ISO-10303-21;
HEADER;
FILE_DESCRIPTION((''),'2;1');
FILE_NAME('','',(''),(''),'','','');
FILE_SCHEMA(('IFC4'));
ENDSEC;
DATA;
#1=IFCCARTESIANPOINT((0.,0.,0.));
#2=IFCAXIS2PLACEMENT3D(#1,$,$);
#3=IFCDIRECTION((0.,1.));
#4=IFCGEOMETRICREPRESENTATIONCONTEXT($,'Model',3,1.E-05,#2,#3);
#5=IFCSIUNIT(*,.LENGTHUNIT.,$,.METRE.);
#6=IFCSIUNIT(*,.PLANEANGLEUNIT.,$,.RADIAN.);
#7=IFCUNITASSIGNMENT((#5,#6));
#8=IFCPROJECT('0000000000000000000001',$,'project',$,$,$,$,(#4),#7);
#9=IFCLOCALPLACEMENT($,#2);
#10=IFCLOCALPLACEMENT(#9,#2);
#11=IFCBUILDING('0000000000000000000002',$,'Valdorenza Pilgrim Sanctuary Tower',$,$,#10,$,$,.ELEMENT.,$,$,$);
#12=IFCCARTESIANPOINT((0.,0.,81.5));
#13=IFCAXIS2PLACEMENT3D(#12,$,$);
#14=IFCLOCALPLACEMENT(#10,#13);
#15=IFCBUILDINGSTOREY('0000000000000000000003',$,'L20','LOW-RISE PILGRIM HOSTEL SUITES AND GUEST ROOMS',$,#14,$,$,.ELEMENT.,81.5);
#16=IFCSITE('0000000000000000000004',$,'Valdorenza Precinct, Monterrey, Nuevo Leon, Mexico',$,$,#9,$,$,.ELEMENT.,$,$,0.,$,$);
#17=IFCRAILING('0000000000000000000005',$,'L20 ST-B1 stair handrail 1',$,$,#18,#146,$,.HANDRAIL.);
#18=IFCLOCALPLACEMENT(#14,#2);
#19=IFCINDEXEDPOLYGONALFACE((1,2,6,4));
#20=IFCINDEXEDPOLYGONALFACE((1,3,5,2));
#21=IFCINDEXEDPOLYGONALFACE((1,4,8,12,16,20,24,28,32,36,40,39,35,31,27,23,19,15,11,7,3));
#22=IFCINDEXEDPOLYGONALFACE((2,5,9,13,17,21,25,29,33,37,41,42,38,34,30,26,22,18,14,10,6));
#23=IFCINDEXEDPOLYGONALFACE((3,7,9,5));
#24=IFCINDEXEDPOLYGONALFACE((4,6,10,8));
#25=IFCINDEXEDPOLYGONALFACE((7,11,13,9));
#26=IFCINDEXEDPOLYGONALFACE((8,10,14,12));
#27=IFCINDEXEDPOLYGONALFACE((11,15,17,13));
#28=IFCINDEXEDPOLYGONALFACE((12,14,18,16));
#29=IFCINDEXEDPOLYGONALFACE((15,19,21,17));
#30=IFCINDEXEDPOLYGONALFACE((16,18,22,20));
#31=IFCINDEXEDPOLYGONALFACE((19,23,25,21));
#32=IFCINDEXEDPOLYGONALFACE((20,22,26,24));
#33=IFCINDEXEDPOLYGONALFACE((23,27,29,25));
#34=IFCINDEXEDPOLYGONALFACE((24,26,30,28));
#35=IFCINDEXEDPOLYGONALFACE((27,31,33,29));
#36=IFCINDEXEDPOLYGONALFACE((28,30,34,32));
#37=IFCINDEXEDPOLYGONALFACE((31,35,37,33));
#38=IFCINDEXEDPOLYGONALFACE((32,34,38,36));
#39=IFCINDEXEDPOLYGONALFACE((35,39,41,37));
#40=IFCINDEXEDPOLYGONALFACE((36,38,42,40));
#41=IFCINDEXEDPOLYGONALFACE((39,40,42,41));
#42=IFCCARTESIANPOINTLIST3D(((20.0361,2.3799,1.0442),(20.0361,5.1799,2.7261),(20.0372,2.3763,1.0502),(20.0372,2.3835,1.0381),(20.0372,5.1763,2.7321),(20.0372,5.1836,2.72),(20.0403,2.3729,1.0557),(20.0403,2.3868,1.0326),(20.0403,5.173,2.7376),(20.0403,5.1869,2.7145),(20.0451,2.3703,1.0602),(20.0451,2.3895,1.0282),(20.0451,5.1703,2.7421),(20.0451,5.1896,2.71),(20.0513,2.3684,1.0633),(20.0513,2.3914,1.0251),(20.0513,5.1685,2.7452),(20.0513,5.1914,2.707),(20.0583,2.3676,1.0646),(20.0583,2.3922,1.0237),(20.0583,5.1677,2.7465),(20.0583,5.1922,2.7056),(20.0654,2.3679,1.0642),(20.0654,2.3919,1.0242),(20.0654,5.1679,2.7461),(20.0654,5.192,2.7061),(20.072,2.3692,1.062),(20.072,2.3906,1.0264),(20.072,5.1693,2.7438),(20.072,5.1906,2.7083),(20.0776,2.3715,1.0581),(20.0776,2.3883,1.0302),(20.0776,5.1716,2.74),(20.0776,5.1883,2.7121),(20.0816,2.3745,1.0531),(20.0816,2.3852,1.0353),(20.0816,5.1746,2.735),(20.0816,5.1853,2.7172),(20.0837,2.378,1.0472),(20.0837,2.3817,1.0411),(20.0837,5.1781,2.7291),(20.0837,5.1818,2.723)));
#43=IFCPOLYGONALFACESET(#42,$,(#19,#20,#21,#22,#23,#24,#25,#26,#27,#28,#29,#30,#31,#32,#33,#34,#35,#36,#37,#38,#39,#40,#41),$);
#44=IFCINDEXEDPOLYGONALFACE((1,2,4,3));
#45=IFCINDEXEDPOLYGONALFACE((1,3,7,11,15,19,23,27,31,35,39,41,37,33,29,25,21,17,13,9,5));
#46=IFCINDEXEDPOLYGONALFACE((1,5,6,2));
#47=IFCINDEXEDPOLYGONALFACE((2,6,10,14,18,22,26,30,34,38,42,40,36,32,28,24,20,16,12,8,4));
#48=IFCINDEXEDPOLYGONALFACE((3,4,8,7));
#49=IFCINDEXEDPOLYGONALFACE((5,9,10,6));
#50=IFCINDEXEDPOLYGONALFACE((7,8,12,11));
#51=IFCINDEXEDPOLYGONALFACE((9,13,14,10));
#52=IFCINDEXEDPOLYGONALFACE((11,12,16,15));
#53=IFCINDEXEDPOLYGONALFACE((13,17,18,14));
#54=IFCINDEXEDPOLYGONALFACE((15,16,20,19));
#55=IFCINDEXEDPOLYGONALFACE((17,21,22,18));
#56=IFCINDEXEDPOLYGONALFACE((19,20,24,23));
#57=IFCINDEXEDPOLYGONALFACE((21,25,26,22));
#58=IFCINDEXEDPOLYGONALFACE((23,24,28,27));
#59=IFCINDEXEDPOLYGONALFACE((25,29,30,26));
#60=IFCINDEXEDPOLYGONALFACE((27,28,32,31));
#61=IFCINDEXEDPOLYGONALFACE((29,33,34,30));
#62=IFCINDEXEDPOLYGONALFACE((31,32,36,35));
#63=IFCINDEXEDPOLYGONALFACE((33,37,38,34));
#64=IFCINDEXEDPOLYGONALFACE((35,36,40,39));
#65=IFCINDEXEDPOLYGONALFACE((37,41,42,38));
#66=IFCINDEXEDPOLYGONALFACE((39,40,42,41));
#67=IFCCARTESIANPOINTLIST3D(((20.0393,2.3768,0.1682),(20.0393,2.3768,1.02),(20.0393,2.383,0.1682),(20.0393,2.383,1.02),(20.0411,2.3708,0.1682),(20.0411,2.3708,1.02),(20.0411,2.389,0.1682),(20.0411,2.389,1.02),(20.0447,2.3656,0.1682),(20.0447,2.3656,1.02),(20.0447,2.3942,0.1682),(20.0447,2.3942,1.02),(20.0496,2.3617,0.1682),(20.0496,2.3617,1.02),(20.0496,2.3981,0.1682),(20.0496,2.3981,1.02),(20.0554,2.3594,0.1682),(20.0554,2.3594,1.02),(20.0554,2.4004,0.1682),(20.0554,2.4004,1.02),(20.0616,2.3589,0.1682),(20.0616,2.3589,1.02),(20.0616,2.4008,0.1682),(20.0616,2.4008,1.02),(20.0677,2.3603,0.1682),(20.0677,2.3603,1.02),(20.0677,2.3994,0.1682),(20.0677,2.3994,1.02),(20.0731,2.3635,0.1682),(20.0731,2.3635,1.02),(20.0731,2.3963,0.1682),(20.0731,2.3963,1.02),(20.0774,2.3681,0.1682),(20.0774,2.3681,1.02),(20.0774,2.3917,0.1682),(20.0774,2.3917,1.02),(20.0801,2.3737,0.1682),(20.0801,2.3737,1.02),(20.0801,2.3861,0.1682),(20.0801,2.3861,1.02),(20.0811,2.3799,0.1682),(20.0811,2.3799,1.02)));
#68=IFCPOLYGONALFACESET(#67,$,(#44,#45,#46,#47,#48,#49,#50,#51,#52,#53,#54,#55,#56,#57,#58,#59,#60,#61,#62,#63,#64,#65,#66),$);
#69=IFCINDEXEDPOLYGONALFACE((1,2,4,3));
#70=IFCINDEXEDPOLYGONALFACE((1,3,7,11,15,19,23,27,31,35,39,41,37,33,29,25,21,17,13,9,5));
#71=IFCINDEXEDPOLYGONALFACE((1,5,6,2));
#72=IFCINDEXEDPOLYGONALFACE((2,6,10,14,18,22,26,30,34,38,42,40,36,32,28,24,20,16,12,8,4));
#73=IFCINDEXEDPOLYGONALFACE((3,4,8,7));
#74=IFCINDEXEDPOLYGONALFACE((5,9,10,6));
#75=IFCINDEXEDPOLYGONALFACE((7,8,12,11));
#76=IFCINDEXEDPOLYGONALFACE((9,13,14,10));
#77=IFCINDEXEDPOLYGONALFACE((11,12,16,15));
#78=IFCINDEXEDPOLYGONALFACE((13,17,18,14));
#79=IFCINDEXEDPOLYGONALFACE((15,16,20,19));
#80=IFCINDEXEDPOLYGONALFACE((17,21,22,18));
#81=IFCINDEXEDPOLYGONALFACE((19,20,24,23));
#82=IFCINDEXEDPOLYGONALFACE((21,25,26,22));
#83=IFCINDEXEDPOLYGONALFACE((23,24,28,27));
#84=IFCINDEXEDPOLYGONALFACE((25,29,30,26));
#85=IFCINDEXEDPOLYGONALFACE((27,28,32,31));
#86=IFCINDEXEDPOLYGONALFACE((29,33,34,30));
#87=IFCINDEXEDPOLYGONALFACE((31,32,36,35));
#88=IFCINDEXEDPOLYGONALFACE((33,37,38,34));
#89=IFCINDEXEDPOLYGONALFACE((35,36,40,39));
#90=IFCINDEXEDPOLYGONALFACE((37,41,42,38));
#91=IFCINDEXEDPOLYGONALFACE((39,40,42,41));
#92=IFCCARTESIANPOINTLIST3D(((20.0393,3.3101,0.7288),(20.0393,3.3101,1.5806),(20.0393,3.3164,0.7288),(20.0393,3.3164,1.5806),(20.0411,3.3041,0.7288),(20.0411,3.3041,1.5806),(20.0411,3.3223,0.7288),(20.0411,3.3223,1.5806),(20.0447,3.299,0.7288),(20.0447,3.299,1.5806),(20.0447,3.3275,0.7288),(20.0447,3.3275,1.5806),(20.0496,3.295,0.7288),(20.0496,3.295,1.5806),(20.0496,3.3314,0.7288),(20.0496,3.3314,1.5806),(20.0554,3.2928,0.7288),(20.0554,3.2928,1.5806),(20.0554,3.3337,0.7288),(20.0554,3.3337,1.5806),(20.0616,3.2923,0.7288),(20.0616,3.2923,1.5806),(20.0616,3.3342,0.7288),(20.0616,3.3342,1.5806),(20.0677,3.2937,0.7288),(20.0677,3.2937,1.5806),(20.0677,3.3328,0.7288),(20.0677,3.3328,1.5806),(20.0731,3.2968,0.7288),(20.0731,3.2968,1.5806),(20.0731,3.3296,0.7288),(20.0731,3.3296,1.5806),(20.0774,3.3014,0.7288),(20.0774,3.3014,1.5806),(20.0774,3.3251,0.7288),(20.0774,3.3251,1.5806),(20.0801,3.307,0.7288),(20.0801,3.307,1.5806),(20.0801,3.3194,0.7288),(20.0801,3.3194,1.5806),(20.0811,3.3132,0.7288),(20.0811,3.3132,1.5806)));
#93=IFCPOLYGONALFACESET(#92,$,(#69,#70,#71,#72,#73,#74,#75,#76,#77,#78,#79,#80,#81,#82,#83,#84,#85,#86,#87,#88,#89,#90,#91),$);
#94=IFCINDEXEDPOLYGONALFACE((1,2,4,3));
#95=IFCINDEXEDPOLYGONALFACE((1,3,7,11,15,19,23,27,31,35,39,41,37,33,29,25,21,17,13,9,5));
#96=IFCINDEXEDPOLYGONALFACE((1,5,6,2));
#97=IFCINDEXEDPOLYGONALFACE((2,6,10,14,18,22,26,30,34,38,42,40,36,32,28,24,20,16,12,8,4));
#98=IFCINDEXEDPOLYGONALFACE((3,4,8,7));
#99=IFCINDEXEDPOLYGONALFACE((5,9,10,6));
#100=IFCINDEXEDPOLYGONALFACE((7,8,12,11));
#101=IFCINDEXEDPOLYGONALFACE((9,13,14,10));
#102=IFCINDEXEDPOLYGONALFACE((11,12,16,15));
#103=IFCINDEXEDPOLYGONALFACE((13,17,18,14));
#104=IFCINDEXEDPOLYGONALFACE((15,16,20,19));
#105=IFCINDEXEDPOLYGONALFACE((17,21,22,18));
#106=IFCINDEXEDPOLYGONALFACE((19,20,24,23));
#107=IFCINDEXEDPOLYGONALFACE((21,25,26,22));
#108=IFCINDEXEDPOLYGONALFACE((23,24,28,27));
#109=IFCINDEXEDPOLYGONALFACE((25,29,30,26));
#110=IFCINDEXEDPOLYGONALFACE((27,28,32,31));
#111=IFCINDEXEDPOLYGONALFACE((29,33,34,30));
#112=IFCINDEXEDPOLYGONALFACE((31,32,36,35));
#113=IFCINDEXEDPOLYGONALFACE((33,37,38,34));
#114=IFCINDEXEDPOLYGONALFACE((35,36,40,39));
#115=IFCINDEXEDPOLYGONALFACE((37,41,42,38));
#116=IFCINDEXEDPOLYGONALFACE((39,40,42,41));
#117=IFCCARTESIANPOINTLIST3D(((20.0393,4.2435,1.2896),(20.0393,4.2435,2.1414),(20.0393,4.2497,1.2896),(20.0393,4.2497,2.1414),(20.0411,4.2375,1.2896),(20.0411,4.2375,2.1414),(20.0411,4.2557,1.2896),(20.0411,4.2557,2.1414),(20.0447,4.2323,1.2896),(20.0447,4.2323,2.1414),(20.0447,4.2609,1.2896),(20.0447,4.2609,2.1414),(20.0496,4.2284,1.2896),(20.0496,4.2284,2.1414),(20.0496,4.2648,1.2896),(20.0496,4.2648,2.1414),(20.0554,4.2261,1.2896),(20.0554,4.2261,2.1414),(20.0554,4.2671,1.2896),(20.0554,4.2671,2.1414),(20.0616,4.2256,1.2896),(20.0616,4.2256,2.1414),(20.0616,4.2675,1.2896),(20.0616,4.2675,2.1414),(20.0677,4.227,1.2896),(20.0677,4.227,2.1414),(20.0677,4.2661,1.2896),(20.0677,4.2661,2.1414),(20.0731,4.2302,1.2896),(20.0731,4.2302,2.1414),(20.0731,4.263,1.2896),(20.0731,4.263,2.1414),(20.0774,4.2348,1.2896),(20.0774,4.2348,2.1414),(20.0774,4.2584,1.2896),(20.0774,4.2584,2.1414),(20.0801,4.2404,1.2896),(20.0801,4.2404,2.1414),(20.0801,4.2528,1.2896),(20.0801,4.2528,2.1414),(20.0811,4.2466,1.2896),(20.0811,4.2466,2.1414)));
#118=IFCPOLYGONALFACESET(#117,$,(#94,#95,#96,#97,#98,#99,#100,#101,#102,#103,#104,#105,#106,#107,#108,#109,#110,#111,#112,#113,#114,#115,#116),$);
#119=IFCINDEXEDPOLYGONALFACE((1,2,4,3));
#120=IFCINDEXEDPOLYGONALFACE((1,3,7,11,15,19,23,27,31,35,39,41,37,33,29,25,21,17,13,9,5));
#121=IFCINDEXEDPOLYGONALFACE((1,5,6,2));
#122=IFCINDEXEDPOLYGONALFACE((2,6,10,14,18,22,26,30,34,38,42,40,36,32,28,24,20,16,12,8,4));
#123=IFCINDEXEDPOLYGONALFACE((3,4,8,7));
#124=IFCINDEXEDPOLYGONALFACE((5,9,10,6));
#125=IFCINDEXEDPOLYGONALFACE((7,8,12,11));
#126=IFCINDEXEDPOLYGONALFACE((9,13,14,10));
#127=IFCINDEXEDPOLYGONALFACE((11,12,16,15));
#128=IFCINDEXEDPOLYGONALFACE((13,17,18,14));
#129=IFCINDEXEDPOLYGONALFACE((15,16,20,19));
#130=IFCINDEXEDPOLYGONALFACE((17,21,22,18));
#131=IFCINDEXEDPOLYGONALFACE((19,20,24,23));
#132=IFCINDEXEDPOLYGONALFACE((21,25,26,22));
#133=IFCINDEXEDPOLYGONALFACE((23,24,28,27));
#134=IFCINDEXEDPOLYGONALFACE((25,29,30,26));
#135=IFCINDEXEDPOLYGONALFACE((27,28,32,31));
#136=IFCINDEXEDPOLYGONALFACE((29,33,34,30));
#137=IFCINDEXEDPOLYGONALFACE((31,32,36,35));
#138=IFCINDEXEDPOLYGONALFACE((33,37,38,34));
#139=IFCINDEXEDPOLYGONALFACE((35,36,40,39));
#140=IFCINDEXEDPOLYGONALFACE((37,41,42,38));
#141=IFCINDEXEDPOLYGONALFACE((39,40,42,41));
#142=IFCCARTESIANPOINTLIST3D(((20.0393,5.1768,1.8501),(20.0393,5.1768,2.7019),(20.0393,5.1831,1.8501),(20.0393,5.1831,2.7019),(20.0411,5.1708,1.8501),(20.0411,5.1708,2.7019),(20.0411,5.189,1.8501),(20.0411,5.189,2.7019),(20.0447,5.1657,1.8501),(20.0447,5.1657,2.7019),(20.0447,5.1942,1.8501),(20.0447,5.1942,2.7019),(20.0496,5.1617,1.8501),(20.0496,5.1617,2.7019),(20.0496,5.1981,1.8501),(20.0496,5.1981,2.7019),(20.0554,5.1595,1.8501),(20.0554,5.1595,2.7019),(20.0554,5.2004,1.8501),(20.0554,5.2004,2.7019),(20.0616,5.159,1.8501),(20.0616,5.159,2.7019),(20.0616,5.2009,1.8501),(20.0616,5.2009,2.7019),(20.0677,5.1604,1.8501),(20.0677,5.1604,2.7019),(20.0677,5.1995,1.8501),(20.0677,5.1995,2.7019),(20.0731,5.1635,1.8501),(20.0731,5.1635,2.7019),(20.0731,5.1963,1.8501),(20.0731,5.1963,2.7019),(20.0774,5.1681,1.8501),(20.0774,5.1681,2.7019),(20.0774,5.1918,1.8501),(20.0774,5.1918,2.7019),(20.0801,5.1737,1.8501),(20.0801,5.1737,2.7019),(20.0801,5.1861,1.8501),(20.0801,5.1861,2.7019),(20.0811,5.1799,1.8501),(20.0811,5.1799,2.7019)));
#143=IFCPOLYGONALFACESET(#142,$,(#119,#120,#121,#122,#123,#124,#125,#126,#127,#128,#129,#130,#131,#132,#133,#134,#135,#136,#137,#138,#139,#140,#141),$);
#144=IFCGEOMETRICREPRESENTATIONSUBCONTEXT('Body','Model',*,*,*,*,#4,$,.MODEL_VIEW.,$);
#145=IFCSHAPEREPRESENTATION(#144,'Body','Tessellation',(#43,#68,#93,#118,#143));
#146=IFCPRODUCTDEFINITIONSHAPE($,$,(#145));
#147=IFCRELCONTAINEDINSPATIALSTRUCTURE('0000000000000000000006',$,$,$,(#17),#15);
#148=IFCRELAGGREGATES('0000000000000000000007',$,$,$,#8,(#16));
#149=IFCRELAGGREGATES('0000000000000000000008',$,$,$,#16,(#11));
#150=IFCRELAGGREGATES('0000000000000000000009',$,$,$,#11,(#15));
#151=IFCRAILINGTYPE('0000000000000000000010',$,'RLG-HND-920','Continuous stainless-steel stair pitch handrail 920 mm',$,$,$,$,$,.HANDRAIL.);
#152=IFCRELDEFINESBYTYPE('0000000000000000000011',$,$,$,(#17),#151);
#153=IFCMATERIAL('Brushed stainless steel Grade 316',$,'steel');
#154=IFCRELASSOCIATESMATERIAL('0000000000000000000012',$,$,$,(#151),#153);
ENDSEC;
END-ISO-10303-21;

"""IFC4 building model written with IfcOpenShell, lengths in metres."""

from ifc_helpers import new_model, si_unit, direction, frame, origin, origin_2d, place, context, subcontext, project, spatial, circle, extrude, material, type_object, element, save


model = new_model("IFC4")

# Units and contexts
model_context = context("Model", 3, precision=1e-05, world=origin(), true_north=direction((0.0, 1.0)))
body_context = subcontext(model_context, "Body", "Model", "MODEL_VIEW")
ifc_project = project(units=[si_unit("LENGTHUNIT", "METRE"), si_unit("PLANEANGLEUNIT", "RADIAN")], contexts=[model_context])

# Site, building, storey
site_placement = place(None, origin())
site = spatial("IfcSite", under=ifc_project, at=site_placement, Name="Valdorenza Precinct, Monterrey, Nuevo Leon, Mexico", CompositionType="ELEMENT", RefElevation=0.0)
building_placement = place(site_placement, origin())
building = spatial("IfcBuilding", under=site, at=building_placement, Name="Valdorenza Pilgrim Sanctuary Tower", CompositionType="ELEMENT")
storey_placement = place(building_placement, frame((0.0, 0.0, 81.5)))
storey = spatial("IfcBuildingStorey", under=building, at=storey_placement, Name="L20", Description="LOW-RISE PILGRIM HOSTEL SUITES AND GUEST ROOMS", CompositionType="ELEMENT", Elevation=81.5)

# Railing
ifc_material_1 = material(Name="Brushed stainless steel Grade 316", Category="steel")
railing_type_1 = type_object("IfcRailingType", Name="RLG-HND-920", Description="Continuous stainless-steel stair pitch handrail 920 mm", PredefinedType="HANDRAIL", material=ifc_material_1)
railing_1_placement = place(storey_placement, frame((20.0601, 2.3799, 0.1682)))
element("IfcRailing", 1, at=railing_1_placement, inside=storey, type_object=railing_type_1, Name="L20 ST-B1 stair handrail 1", PredefinedType="HANDRAIL", context=body_context, shape_type="SweptSolid", body=[
    extrude(circle(Radius=0.0239, at=origin_2d()), frame((0.0, 0.0, 0.876), z_axis=(0.0, 0.857242, 0.514913), x_axis=(-1.0, 0.0, 0.0)), (0.0, 0.0, 1.0), 3.2664),
    extrude(circle(Radius=0.021, at=origin_2d()), origin(), (0.0, 0.0, 1.0), 0.8518),
    extrude(circle(Radius=0.021, at=origin_2d()), frame((0.0, 0.9333, 0.5605)), (0.0, 0.0, 1.0), 0.8518),
    extrude(circle(Radius=0.021, at=origin_2d()), frame((0.0, 1.8667, 1.1213)), (0.0, 0.0, 1.0), 0.8518),
    extrude(circle(Radius=0.021, at=origin_2d()), frame((0.0, 2.8, 1.6819)), (0.0, 0.0, 1.0), 0.8518),
])

save(model, "model.ifc")
